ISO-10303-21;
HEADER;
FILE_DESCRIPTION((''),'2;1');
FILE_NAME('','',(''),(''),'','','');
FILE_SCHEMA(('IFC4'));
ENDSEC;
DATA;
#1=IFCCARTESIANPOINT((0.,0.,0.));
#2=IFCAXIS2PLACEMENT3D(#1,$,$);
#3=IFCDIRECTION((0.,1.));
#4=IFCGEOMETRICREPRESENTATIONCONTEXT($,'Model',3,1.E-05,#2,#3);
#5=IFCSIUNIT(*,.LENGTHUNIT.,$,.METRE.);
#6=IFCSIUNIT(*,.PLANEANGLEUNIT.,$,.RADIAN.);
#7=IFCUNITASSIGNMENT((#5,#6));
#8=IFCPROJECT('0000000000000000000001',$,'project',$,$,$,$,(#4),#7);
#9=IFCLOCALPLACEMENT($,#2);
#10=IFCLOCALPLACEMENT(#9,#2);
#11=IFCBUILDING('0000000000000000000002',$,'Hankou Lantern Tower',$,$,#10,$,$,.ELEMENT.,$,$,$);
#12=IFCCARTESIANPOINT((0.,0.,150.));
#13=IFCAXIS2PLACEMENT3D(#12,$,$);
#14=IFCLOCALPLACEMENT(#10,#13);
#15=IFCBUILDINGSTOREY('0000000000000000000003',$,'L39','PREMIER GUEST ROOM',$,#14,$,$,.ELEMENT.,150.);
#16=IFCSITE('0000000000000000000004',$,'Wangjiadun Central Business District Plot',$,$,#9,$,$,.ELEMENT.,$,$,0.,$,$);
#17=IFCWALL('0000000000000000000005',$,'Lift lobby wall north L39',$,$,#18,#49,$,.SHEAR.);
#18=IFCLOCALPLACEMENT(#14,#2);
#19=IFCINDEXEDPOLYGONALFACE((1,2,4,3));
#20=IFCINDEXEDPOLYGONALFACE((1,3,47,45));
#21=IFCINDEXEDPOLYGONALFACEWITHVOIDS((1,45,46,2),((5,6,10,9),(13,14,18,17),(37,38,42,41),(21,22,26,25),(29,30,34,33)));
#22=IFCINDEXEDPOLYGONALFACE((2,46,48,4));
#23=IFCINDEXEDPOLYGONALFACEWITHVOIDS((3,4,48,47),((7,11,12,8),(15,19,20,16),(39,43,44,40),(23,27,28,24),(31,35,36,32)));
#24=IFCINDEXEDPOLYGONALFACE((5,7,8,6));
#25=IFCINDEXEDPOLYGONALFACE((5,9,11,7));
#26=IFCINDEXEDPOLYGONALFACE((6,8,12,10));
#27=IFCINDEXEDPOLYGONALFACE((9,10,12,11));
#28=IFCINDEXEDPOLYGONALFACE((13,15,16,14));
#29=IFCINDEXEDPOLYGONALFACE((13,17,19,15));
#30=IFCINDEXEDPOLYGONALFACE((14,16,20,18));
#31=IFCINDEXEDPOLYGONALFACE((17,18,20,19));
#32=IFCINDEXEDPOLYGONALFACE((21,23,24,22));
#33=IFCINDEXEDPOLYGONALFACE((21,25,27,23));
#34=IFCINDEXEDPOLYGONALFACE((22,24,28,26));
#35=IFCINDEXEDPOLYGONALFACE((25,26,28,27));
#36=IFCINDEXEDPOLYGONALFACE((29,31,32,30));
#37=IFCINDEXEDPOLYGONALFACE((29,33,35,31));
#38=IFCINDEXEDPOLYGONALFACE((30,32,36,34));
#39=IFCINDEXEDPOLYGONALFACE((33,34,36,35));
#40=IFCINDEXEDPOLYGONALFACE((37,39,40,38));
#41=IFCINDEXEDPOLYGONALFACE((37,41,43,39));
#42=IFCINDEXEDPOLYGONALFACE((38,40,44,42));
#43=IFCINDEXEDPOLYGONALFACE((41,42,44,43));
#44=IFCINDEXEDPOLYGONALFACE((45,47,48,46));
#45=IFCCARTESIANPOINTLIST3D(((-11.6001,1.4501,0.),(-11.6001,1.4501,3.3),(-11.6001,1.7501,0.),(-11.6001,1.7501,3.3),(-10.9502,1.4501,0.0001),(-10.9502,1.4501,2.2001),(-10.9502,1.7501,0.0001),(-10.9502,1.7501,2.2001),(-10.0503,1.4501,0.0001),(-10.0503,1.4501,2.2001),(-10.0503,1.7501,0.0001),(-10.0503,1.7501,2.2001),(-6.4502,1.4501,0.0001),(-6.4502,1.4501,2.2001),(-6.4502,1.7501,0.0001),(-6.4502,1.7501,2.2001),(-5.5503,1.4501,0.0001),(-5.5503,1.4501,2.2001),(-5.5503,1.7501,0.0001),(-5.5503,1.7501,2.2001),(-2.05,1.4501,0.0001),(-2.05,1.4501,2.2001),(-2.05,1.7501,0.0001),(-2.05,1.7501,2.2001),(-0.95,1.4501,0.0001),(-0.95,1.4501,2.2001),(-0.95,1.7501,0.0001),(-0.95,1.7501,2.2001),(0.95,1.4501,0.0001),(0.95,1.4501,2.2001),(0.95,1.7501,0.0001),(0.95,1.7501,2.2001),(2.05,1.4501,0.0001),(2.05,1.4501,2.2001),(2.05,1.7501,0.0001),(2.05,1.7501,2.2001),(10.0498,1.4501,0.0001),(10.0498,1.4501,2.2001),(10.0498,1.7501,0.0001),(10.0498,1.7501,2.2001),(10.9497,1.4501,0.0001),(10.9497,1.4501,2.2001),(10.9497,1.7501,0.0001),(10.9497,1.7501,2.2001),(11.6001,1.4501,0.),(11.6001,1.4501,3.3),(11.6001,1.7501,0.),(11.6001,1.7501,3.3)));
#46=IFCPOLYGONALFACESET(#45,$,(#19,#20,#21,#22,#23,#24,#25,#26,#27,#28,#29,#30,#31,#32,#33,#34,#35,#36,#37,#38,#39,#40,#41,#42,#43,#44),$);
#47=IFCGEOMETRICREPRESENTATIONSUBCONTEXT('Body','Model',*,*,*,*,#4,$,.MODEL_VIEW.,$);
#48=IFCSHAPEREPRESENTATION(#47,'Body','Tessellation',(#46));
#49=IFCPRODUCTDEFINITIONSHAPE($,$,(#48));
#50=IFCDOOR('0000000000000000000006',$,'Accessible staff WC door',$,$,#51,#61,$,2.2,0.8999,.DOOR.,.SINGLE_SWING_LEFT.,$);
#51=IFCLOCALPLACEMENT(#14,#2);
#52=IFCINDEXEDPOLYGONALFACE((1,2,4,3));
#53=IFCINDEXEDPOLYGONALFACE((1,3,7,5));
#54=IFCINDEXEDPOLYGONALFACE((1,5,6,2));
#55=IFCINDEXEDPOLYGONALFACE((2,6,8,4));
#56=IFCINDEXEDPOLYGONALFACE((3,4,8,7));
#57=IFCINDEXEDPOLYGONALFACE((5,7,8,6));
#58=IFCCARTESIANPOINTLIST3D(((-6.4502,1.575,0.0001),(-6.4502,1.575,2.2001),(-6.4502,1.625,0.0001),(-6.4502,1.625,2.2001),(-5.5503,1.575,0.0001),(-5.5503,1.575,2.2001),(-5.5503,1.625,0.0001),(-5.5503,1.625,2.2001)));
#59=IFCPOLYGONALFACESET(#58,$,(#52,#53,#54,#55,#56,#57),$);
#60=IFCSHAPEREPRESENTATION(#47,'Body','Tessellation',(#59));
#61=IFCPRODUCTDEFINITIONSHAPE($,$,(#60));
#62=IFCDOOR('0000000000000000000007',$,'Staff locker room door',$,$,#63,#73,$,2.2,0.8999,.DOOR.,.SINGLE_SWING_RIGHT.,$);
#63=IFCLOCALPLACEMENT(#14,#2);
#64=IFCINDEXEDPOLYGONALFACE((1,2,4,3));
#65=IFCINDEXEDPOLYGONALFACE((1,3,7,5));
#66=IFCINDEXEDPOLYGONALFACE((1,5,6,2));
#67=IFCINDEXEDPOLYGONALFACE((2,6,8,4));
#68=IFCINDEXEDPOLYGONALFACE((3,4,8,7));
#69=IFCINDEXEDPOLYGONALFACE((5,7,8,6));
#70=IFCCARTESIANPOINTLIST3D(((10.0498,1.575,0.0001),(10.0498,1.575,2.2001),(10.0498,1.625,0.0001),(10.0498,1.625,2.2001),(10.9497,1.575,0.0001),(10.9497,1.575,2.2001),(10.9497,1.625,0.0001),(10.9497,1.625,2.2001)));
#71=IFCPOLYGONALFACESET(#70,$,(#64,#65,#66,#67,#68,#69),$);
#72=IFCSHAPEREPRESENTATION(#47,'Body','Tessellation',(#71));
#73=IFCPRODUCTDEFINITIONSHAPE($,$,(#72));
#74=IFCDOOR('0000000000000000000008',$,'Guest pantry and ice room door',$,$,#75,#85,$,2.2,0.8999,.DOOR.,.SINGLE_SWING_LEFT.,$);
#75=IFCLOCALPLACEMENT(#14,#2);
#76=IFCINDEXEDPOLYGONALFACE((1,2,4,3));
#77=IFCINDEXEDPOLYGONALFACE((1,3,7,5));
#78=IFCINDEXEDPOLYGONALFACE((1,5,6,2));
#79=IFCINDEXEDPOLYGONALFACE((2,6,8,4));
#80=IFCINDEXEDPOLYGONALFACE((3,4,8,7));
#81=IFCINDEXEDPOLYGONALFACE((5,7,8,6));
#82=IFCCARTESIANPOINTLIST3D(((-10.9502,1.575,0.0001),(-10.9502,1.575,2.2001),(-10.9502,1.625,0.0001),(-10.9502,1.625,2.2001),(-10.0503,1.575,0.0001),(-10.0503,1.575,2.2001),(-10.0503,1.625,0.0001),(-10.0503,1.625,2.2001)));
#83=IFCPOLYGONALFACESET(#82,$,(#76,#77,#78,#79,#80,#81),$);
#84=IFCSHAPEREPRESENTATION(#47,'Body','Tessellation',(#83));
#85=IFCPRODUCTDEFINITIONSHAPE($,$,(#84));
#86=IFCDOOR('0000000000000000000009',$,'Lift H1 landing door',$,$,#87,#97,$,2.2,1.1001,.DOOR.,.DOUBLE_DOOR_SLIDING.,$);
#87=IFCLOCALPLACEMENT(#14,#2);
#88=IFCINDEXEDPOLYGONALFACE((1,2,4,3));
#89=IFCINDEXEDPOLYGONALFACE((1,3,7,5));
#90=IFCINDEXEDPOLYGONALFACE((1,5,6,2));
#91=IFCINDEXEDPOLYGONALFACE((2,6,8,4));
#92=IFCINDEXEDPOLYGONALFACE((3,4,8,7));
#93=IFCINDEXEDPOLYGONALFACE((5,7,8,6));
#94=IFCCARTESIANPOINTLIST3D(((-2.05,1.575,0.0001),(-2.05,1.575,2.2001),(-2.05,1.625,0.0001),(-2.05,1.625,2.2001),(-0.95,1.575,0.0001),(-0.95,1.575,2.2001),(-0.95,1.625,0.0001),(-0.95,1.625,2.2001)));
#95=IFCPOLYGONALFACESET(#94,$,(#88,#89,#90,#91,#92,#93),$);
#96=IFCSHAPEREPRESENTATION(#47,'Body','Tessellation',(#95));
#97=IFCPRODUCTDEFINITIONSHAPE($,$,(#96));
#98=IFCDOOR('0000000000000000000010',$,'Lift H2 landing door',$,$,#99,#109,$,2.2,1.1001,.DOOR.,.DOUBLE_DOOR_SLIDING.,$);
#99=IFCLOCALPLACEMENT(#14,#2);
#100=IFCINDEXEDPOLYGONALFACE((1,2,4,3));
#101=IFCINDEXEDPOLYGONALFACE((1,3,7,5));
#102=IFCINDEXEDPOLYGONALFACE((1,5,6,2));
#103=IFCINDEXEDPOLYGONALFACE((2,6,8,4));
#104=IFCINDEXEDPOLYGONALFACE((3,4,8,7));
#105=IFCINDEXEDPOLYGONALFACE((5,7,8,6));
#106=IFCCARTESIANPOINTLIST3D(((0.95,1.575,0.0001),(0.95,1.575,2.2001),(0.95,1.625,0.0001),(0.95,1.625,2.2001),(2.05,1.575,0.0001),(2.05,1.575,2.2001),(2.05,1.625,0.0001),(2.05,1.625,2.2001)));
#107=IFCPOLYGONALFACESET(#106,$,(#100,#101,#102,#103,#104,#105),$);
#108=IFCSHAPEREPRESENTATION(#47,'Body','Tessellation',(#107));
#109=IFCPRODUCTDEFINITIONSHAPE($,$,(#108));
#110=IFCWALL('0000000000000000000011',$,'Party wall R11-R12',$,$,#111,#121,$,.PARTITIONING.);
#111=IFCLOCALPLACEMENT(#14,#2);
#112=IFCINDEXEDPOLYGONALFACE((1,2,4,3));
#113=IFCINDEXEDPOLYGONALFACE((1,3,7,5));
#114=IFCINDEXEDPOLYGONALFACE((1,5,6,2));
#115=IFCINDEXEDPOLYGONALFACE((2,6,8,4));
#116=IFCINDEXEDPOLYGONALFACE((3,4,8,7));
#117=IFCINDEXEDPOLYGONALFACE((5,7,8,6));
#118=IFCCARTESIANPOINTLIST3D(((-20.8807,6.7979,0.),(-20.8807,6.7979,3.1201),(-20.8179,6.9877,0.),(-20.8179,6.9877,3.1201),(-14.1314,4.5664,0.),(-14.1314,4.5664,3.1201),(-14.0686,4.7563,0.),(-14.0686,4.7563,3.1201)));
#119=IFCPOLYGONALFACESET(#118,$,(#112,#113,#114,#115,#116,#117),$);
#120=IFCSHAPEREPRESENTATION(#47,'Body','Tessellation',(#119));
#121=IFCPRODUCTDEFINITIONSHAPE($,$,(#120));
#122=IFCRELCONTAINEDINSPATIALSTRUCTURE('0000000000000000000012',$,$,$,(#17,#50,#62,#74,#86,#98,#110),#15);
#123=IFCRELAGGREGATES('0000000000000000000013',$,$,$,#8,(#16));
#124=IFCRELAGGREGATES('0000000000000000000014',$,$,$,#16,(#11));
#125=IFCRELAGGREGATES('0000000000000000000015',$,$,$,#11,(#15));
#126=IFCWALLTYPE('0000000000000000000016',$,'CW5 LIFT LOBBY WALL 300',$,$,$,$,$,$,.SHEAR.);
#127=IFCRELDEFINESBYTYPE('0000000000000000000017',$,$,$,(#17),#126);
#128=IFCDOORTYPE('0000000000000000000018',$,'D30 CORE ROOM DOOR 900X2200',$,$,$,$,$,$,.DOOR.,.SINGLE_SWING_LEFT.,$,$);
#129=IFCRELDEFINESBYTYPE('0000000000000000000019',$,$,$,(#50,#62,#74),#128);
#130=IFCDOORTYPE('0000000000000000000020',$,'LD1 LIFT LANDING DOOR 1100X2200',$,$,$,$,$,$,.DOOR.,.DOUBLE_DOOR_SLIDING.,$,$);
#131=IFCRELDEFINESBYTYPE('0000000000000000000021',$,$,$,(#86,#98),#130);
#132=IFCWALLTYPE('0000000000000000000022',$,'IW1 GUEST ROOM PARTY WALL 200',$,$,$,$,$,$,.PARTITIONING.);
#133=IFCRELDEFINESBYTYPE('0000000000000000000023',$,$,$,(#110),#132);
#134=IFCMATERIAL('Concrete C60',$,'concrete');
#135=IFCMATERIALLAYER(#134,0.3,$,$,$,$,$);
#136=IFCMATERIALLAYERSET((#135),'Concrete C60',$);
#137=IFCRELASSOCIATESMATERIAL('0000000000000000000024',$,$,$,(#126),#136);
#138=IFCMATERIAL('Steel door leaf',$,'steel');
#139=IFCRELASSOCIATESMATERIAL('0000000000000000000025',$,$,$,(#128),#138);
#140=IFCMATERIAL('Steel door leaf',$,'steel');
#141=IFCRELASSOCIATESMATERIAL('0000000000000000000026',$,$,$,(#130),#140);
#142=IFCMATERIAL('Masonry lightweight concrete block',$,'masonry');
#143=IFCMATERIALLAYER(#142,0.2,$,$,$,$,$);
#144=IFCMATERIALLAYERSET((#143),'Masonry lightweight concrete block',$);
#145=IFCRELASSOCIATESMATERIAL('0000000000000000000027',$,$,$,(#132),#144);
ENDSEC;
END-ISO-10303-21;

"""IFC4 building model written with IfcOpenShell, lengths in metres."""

from ifc_helpers import new_model, si_unit, direction, frame, frame_2d, origin, place, context, subcontext, project, spatial, rectangle, extrude, material, layer, layer_set, type_object, element, fill, save


model = new_model("IFC4")

# Units and contexts
model_context = context("Model", 3, precision=1e-05, world=origin(), true_north=direction((0.0, 1.0)))
body_context = subcontext(model_context, "Body", "Model", "MODEL_VIEW")
ifc_project = project(units=[si_unit("LENGTHUNIT", "METRE"), si_unit("PLANEANGLEUNIT", "RADIAN")], contexts=[model_context])

# Site, building, storey
site_placement = place(None, origin())
site = spatial("IfcSite", under=ifc_project, at=site_placement, Name="Wangjiadun Central Business District Plot", CompositionType="ELEMENT", RefElevation=0.0)
building_placement = place(site_placement, origin())
building = spatial("IfcBuilding", under=site, at=building_placement, Name="Hankou Lantern Tower", CompositionType="ELEMENT")
storey_placement = place(building_placement, frame((0.0, 0.0, 150.0)))
storey = spatial("IfcBuildingStorey", under=building, at=storey_placement, Name="L39", Description="PREMIER GUEST ROOM", CompositionType="ELEMENT", Elevation=150.0)

# Wall, openings, doors
ifc_material_1 = material(Name="Concrete C60", Category="concrete")
ifc_layer_1 = layer(ifc_material_1, 0.3)
ifc_layer_set_1 = layer_set([ifc_layer_1], Name="Concrete C60")
wall_type_1 = type_object("IfcWallType", Name="CW5 LIFT LOBBY WALL 300", PredefinedType="SHEAR", material=ifc_layer_set_1)
wall_1_placement = place(storey_placement, frame((-11.6001, 1.6001, 0.0), z_axis=(0.0, 0.0, 1.0), x_axis=(1.0, 0.0, 0.0)))
wall_1 = element("IfcWall", 1, at=wall_1_placement, inside=storey, type_object=wall_type_1, Name="Lift lobby wall north L39", PredefinedType="SHEAR", context=body_context, shape_type="SweptSolid", body=[
    extrude(rectangle(XDim=23.2002, YDim=0.3, at=frame_2d((11.6001, 0.0))), origin(), (0.0, 0.0, 1.0), 3.3),
])
opening_1_placement = place(wall_1_placement, frame((9.55, 0.0, 0.0)))
opening_1 = element("IfcOpeningElement", 2, at=opening_1_placement, cuts=wall_1, PredefinedType="OPENING", context=body_context, shape_type="SweptSolid", body=[
    extrude(rectangle(XDim=1.1001, YDim=2.2, at=frame_2d((0.55, 1.1001))), frame((0.0, 0.1599, 0.0), z_axis=(0.0, -1.0, 0.0), x_axis=(1.0, 0.0, 0.0)), (0.0, 0.0, 1.0), 0.3201),
])
opening_2_placement = place(wall_1_placement, frame((12.55, 0.0, 0.0)))
opening_2 = element("IfcOpeningElement", 3, at=opening_2_placement, cuts=wall_1, PredefinedType="OPENING", context=body_context, shape_type="SweptSolid", body=[
    extrude(rectangle(XDim=1.1001, YDim=2.2, at=frame_2d((0.55, 1.1001))), frame((0.0, 0.1599, 0.0), z_axis=(0.0, -1.0, 0.0), x_axis=(1.0, 0.0, 0.0)), (0.0, 0.0, 1.0), 0.3201),
])
opening_3_placement = place(wall_1_placement, frame((5.1499, 0.0, 0.0)))
opening_3 = element("IfcOpeningElement", 4, at=opening_3_placement, cuts=wall_1, PredefinedType="OPENING", context=body_context, shape_type="SweptSolid", body=[
    extrude(rectangle(XDim=0.8999, YDim=2.2, at=frame_2d((0.45, 1.1001))), frame((0.0, 0.1599, 0.0), z_axis=(0.0, -1.0, 0.0), x_axis=(1.0, 0.0, 0.0)), (0.0, 0.0, 1.0), 0.3201),
])
opening_4_placement = place(wall_1_placement, frame((21.6499, 0.0, 0.0)))
opening_4 = element("IfcOpeningElement", 5, at=opening_4_placement, cuts=wall_1, PredefinedType="OPENING", context=body_context, shape_type="SweptSolid", body=[
    extrude(rectangle(XDim=0.8999, YDim=2.2, at=frame_2d((0.45, 1.1001))), frame((0.0, 0.1599, 0.0), z_axis=(0.0, -1.0, 0.0), x_axis=(1.0, 0.0, 0.0)), (0.0, 0.0, 1.0), 0.3201),
])
opening_5_placement = place(wall_1_placement, frame((0.6499, 0.0, 0.0)))
opening_5 = element("IfcOpeningElement", 6, at=opening_5_placement, cuts=wall_1, PredefinedType="OPENING", context=body_context, shape_type="SweptSolid", body=[
    extrude(rectangle(XDim=0.8999, YDim=2.2, at=frame_2d((0.45, 1.1001))), frame((0.0, 0.1599, 0.0), z_axis=(0.0, -1.0, 0.0), x_axis=(1.0, 0.0, 0.0)), (0.0, 0.0, 1.0), 0.3201),
])
ifc_material_2 = material(Name="Steel door leaf", Category="steel")
door_type_1 = type_object("IfcDoorType", Name="D30 CORE ROOM DOOR 900X2200", OperationType="SINGLE_SWING_LEFT", PredefinedType="DOOR", material=ifc_material_2)
door_1_placement = place(opening_3_placement, origin())
door_1 = element("IfcDoor", 7, at=door_1_placement, inside=storey, type_object=door_type_1, Name="Accessible staff WC door", OperationType="SINGLE_SWING_LEFT", OverallHeight=2.2, OverallWidth=0.8999, PredefinedType="DOOR", context=body_context, shape_type="SweptSolid", body=[
    extrude(rectangle(XDim=0.8999, YDim=2.2, at=frame_2d((0.45, 1.1001))), frame((0.0, 0.0249, 0.0), z_axis=(0.0, -1.0, 0.0), x_axis=(1.0, 0.0, 0.0)), (0.0, 0.0, 1.0), 0.05),
])
fill(opening_3, door_1)
door_2_placement = place(opening_4_placement, origin())
door_2 = element("IfcDoor", 8, at=door_2_placement, inside=storey, type_object=door_type_1, Name="Staff locker room door", OperationType="SINGLE_SWING_RIGHT", OverallHeight=2.2, OverallWidth=0.8999, PredefinedType="DOOR", context=body_context, shape_type="SweptSolid", body=[
    extrude(rectangle(XDim=0.8999, YDim=2.2, at=frame_2d((0.45, 1.1001))), frame((0.0, 0.0249, 0.0), z_axis=(0.0, -1.0, 0.0), x_axis=(1.0, 0.0, 0.0)), (0.0, 0.0, 1.0), 0.05),
])
fill(opening_4, door_2)
door_3_placement = place(opening_5_placement, origin())
door_3 = element("IfcDoor", 9, at=door_3_placement, inside=storey, type_object=door_type_1, Name="Guest pantry and ice room door", OperationType="SINGLE_SWING_LEFT", OverallHeight=2.2, OverallWidth=0.8999, PredefinedType="DOOR", context=body_context, shape_type="SweptSolid", body=[
    extrude(rectangle(XDim=0.8999, YDim=2.2, at=frame_2d((0.45, 1.1001))), frame((0.0, 0.0249, 0.0), z_axis=(0.0, -1.0, 0.0), x_axis=(1.0, 0.0, 0.0)), (0.0, 0.0, 1.0), 0.05),
])
fill(opening_5, door_3)
ifc_material_3 = material(Name="Steel door leaf", Category="steel")
door_type_2 = type_object("IfcDoorType", Name="LD1 LIFT LANDING DOOR 1100X2200", OperationType="DOUBLE_DOOR_SLIDING", PredefinedType="DOOR", material=ifc_material_3)
door_4_placement = place(opening_1_placement, origin())
door_4 = element("IfcDoor", 10, at=door_4_placement, inside=storey, type_object=door_type_2, Name="Lift H1 landing door", OperationType="DOUBLE_DOOR_SLIDING", OverallHeight=2.2, OverallWidth=1.1001, PredefinedType="DOOR", context=body_context, shape_type="SweptSolid", body=[
    extrude(rectangle(XDim=1.1001, YDim=2.2, at=frame_2d((0.55, 1.1001))), frame((0.0, 0.0249, 0.0), z_axis=(0.0, -1.0, 0.0), x_axis=(1.0, 0.0, 0.0)), (0.0, 0.0, 1.0), 0.05),
])
fill(opening_1, door_4)
door_5_placement = place(opening_2_placement, origin())
door_5 = element("IfcDoor", 11, at=door_5_placement, inside=storey, type_object=door_type_2, Name="Lift H2 landing door", OperationType="DOUBLE_DOOR_SLIDING", OverallHeight=2.2, OverallWidth=1.1001, PredefinedType="DOOR", context=body_context, shape_type="SweptSolid", body=[
    extrude(rectangle(XDim=1.1001, YDim=2.2, at=frame_2d((0.55, 1.1001))), frame((0.0, 0.0249, 0.0), z_axis=(0.0, -1.0, 0.0), x_axis=(1.0, 0.0, 0.0)), (0.0, 0.0, 1.0), 0.05),
])
fill(opening_2, door_5)

# Wall
ifc_material_4 = material(Name="Masonry lightweight concrete block", Category="masonry")
ifc_layer_2 = layer(ifc_material_4, 0.2)
ifc_layer_set_2 = layer_set([ifc_layer_2], Name="Masonry lightweight concrete block")
wall_type_2 = type_object("IfcWallType", Name="IW1 GUEST ROOM PARTY WALL 200", PredefinedType="PARTITIONING", material=ifc_layer_set_2)
wall_2_placement = place(storey_placement, frame((-14.1001, 4.6614, 0.0), z_axis=(0.0, 0.0, 1.0), x_axis=(-0.949453, 0.313909, 0.0)))
element("IfcWall", 12, at=wall_2_placement, inside=storey, type_object=wall_type_2, Name="Party wall R11-R12", PredefinedType="PARTITIONING", context=body_context, shape_type="SweptSolid", body=[
    extrude(rectangle(XDim=7.1086, YDim=0.2, at=frame_2d((3.5542, 0.0))), origin(), (0.0, 0.0, 1.0), 3.1201),
])

save(model, "model.ifc")
